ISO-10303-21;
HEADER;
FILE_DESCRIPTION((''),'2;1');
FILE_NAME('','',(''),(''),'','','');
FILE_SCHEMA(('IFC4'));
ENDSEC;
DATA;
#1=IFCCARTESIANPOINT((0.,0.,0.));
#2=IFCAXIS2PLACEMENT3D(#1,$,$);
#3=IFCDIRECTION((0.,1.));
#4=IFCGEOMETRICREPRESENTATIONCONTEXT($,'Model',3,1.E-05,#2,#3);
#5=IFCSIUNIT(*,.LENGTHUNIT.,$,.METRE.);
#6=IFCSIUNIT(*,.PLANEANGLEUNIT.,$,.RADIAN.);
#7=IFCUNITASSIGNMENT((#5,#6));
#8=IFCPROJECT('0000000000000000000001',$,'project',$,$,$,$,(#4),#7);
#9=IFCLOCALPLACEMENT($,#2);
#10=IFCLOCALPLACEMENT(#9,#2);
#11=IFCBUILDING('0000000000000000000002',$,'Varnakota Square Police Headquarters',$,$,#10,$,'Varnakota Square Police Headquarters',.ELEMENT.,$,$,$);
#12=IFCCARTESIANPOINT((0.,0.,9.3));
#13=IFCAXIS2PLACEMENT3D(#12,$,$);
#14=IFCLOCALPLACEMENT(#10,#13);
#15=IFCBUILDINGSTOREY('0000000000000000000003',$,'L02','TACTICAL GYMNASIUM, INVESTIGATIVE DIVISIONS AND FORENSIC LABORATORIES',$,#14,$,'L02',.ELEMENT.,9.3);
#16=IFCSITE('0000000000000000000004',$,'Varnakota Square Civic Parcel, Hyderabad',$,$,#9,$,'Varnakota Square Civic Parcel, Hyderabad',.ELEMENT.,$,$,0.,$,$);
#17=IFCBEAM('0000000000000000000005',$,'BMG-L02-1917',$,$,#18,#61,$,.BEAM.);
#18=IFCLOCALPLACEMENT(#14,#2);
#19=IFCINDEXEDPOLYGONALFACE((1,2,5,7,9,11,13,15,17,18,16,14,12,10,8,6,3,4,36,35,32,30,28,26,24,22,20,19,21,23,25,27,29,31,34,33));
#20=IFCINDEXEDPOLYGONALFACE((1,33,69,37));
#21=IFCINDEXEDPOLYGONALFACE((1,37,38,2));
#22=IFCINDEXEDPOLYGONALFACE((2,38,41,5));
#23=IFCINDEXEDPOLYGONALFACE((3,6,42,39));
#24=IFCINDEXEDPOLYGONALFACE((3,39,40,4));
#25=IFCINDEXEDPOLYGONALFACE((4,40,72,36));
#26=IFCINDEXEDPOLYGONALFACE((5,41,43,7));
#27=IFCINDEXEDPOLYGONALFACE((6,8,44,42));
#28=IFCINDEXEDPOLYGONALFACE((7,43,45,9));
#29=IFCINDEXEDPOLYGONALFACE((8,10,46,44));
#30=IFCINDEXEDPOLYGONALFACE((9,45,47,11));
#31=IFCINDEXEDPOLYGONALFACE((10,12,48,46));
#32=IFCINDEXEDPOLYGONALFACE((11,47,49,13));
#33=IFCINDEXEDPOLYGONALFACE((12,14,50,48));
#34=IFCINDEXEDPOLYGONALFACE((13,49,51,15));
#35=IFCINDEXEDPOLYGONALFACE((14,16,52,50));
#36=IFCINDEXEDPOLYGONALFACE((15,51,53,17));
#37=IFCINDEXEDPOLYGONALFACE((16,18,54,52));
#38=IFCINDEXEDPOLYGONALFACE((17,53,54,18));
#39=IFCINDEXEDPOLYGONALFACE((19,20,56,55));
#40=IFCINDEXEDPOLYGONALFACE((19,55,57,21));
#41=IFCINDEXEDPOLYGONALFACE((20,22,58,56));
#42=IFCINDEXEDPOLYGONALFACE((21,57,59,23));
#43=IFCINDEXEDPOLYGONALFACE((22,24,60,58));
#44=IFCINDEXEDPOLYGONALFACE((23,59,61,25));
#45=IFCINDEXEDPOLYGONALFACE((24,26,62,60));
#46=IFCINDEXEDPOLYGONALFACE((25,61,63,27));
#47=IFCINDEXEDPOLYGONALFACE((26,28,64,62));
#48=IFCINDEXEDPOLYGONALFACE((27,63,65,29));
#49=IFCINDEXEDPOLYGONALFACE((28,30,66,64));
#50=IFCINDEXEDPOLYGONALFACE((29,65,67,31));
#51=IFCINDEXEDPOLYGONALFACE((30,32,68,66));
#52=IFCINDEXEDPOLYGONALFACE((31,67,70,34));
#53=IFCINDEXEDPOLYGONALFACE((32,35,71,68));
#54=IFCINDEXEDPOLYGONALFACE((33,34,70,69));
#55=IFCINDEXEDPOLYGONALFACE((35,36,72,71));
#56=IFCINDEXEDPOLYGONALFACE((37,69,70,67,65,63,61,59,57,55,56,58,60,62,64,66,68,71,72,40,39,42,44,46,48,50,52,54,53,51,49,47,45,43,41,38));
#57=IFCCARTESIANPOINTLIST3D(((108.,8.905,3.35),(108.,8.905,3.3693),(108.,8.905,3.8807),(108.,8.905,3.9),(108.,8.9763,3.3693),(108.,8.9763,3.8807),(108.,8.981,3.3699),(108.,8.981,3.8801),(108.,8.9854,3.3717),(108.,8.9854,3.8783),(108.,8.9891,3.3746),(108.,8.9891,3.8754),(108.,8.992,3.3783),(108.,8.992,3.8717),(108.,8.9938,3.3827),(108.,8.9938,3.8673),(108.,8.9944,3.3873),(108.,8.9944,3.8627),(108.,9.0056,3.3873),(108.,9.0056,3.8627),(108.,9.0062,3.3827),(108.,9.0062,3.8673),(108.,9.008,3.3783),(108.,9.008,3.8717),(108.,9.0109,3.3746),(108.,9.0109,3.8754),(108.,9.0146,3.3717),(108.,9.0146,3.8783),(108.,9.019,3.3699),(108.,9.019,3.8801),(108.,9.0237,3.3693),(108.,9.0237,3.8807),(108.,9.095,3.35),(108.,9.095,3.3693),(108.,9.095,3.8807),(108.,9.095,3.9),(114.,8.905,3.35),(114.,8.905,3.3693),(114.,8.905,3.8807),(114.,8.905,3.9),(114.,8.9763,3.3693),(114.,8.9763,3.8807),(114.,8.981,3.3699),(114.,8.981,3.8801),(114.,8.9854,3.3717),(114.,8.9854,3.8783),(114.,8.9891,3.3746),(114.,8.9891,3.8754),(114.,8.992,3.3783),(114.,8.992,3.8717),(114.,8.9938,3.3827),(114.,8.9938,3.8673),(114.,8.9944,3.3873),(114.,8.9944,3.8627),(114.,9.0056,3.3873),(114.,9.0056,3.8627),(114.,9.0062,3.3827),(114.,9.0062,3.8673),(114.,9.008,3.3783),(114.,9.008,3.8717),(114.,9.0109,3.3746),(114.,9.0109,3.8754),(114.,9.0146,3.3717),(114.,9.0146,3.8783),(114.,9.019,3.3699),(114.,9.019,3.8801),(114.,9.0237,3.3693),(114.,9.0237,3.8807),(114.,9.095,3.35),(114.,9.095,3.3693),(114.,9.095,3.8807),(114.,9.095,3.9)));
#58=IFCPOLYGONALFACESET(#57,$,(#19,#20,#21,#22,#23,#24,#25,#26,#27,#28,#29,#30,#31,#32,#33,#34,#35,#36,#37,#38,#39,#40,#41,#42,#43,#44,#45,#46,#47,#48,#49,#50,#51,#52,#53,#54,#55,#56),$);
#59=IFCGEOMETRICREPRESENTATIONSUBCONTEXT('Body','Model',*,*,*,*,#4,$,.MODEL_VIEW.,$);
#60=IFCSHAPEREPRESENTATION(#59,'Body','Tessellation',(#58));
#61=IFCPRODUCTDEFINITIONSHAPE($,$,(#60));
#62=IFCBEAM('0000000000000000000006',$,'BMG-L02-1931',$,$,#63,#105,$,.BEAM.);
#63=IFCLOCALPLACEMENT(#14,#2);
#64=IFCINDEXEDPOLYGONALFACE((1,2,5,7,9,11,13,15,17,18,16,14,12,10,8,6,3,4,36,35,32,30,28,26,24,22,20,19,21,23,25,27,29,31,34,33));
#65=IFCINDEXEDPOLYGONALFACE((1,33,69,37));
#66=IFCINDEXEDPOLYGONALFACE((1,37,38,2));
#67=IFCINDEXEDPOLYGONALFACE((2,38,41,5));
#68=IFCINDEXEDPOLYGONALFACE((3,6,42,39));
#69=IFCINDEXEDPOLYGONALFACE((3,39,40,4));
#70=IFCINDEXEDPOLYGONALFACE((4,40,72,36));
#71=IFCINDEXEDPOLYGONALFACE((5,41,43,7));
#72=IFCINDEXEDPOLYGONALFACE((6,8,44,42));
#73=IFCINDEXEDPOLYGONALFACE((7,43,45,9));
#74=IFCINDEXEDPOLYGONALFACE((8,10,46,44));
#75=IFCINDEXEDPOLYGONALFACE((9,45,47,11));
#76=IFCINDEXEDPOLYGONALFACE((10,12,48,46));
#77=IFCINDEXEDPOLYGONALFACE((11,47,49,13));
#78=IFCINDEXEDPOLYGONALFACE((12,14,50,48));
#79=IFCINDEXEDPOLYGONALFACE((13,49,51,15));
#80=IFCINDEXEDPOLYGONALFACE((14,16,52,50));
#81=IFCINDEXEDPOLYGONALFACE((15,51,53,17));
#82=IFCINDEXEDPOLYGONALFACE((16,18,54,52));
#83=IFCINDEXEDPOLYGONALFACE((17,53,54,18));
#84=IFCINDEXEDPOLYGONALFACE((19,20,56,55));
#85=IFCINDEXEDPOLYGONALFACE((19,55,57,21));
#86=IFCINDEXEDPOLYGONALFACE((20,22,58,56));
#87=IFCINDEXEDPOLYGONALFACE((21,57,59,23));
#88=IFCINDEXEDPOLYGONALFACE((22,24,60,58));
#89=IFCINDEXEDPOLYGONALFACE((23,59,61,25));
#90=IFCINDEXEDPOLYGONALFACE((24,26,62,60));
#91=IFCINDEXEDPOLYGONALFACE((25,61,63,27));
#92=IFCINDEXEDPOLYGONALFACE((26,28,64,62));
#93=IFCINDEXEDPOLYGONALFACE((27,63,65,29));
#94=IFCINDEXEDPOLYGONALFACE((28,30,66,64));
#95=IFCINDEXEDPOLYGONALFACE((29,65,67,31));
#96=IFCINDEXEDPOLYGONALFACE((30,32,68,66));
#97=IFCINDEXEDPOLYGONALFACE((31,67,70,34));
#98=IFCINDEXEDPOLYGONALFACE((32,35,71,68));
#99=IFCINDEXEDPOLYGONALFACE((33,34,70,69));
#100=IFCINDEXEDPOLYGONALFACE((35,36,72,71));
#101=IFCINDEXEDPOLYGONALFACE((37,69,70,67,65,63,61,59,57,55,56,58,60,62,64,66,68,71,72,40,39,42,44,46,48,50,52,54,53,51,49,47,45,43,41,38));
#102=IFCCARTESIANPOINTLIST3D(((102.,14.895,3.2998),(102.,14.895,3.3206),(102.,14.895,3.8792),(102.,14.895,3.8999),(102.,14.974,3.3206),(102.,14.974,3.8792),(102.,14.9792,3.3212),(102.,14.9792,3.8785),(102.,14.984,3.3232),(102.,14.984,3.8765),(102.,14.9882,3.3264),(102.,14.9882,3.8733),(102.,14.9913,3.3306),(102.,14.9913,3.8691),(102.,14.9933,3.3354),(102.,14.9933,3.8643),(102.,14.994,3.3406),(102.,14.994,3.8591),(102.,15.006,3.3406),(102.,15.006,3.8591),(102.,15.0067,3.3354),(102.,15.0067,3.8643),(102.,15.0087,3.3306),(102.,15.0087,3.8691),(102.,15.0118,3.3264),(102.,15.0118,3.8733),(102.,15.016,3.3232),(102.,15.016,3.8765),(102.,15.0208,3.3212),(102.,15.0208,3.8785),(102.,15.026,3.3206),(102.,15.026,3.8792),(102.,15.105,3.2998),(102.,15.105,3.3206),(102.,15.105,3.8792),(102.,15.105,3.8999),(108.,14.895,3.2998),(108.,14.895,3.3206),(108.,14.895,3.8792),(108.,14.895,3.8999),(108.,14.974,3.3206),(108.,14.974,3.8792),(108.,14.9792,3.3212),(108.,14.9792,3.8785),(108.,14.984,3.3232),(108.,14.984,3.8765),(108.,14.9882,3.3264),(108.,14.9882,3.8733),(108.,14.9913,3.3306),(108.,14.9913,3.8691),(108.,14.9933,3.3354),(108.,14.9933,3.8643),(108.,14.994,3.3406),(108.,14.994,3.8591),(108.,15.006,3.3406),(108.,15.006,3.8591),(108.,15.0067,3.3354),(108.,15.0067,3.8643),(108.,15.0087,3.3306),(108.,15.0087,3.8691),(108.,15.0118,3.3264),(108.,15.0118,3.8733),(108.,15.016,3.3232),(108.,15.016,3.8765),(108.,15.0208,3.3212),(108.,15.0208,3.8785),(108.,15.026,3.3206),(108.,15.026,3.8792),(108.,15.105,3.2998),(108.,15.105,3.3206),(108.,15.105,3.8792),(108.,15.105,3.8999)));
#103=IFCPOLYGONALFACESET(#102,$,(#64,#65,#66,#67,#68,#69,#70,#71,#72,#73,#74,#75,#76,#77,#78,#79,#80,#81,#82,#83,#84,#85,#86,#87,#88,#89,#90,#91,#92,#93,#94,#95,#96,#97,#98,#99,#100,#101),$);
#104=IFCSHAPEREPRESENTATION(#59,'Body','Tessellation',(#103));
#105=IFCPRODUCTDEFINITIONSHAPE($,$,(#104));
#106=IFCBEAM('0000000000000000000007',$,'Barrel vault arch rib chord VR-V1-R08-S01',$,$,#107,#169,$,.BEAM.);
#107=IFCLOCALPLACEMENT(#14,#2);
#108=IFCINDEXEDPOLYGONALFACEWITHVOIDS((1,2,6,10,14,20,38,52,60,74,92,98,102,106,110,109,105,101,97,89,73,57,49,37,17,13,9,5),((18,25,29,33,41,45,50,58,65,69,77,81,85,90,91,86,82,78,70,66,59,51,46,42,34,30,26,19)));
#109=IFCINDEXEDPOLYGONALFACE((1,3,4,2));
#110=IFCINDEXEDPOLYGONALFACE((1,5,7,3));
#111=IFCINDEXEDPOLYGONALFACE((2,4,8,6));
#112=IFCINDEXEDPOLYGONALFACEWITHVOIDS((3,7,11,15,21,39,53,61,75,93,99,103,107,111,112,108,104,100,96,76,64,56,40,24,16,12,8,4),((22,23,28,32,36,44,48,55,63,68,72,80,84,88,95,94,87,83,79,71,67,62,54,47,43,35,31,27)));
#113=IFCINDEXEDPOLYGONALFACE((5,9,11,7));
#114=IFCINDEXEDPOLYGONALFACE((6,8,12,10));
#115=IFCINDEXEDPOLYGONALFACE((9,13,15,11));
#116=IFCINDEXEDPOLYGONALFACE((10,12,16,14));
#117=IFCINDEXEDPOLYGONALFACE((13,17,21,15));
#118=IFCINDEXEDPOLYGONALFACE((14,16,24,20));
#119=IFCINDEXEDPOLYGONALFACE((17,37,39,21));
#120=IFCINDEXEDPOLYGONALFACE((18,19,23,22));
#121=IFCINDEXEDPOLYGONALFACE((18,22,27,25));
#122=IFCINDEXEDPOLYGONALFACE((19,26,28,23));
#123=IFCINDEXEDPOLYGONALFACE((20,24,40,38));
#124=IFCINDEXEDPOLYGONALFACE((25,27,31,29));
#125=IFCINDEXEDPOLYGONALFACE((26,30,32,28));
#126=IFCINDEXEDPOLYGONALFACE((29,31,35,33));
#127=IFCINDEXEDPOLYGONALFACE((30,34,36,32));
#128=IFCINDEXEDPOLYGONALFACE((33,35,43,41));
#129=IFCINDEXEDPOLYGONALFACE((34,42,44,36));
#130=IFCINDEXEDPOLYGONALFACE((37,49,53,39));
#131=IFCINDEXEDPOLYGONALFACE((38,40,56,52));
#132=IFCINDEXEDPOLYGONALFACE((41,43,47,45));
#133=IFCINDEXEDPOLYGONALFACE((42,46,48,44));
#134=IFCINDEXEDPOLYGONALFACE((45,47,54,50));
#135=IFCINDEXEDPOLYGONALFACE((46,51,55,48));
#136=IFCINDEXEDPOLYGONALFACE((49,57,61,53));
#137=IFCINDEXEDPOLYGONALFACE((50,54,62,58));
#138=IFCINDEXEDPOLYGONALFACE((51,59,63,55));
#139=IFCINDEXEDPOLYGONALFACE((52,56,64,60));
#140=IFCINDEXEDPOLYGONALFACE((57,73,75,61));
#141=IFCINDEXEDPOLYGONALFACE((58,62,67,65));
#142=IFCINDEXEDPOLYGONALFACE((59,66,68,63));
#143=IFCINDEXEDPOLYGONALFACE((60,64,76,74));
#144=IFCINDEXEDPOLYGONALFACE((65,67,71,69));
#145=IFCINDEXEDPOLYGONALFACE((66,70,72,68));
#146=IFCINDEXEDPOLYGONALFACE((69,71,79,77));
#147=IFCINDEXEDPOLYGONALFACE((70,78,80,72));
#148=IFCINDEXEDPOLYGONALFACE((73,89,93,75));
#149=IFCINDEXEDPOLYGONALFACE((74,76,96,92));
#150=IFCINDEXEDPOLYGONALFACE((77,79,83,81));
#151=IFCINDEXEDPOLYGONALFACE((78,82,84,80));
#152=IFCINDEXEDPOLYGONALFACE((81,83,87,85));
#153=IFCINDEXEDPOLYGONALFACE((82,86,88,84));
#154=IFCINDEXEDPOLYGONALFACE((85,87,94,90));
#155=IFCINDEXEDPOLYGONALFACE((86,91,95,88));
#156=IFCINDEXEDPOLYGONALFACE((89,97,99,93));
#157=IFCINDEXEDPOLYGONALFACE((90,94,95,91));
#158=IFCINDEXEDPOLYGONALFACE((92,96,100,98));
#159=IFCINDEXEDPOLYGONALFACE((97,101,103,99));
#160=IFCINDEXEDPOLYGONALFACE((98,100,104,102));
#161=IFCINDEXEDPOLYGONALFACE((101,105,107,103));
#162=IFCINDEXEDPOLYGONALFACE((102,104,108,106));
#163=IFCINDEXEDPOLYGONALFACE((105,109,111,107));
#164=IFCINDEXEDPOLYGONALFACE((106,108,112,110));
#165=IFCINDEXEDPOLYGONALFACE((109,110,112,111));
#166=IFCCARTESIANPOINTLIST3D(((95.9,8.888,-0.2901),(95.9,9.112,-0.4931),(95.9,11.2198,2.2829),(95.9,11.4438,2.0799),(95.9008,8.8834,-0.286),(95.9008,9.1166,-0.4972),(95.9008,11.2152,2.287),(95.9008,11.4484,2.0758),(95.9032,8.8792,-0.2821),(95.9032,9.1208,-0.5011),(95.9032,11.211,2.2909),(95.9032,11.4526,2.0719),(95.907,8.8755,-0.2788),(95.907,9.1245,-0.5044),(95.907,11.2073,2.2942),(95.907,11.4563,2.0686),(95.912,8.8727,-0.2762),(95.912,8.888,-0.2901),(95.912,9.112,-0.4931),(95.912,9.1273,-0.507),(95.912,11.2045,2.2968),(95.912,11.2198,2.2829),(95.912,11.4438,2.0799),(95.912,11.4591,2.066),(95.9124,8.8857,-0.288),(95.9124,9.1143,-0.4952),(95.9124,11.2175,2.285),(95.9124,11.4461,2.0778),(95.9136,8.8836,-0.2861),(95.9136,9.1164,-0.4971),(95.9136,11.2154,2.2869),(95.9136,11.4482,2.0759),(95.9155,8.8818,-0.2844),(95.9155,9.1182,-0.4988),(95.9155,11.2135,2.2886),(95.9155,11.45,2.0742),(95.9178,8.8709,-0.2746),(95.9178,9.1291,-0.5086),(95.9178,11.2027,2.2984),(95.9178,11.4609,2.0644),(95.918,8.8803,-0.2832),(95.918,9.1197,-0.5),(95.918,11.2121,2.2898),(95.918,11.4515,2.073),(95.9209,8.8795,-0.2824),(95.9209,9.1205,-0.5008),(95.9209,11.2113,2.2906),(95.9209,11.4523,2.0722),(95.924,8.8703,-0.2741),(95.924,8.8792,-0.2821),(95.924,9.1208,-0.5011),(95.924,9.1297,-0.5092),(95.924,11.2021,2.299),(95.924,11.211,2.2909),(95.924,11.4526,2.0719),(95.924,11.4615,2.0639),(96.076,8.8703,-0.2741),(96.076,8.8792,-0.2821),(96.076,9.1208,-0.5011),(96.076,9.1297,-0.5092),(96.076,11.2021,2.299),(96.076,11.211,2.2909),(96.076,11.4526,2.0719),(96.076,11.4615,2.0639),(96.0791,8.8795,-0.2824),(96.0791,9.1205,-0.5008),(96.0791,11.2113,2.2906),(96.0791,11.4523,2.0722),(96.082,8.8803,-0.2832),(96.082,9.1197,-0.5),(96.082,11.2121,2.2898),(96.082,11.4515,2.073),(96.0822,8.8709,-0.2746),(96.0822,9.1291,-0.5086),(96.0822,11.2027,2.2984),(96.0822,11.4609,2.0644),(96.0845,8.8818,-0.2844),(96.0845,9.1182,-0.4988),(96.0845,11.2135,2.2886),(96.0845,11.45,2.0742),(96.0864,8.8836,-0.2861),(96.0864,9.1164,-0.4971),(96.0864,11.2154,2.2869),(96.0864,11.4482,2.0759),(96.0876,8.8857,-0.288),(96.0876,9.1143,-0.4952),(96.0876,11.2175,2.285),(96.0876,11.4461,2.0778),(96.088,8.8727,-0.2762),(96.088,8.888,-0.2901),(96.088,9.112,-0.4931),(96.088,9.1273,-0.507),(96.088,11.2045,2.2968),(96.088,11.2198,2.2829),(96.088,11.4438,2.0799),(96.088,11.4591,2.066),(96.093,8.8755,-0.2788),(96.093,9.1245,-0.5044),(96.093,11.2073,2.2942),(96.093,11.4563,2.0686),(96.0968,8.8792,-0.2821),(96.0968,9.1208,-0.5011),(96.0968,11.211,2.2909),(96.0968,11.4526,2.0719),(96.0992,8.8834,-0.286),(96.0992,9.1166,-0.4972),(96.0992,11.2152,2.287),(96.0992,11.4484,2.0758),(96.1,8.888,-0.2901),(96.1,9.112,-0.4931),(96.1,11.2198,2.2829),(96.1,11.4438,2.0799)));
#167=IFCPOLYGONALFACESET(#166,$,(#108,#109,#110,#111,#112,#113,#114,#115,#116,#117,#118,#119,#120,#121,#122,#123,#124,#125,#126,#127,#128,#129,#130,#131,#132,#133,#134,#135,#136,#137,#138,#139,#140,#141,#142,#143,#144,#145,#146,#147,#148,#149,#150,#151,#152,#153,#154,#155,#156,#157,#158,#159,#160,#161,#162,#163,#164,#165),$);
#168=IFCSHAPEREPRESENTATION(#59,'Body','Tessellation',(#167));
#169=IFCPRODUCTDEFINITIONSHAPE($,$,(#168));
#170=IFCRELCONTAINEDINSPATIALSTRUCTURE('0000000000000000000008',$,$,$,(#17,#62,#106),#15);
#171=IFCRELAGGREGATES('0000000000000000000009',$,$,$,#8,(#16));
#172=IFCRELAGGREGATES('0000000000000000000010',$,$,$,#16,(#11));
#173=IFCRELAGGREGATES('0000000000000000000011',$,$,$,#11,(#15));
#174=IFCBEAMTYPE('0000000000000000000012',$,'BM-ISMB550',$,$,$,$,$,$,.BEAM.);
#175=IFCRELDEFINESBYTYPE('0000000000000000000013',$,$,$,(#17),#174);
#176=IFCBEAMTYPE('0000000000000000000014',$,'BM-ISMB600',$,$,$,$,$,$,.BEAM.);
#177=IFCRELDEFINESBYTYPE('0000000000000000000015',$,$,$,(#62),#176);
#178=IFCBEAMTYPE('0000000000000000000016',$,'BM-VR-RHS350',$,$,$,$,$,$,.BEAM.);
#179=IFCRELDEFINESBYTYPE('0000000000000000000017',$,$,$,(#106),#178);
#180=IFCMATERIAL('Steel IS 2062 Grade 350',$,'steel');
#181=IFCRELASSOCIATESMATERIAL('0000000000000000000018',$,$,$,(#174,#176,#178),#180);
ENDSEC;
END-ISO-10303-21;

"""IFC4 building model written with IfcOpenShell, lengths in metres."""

from ifc_helpers import new_model, si_unit, direction, frame, origin, origin_2d, place, context, subcontext, project, spatial, hollow_rectangle, i_section, extrude, material, material_profile, profile_set, type_object, element, save


model = new_model("IFC4")

# Units and contexts
model_context = context("Model", 3, precision=1e-05, world=origin(), true_north=direction((0.0, 1.0)))
body_context = subcontext(model_context, "Body", "Model", "MODEL_VIEW")
ifc_project = project(units=[si_unit("LENGTHUNIT", "METRE"), si_unit("PLANEANGLEUNIT", "RADIAN")], contexts=[model_context])

# Site, building, storey
site_placement = place(None, origin())
site = spatial("IfcSite", under=ifc_project, at=site_placement, Name="Varnakota Square Civic Parcel, Hyderabad", LongName="Varnakota Square Civic Parcel, Hyderabad", CompositionType="ELEMENT", RefElevation=0.0)
building_placement = place(site_placement, origin())
building = spatial("IfcBuilding", under=site, at=building_placement, Name="Varnakota Square Police Headquarters", LongName="Varnakota Square Police Headquarters", CompositionType="ELEMENT")
storey_placement = place(building_placement, frame((0.0, 0.0, 9.3)))
storey = spatial("IfcBuildingStorey", under=building, at=storey_placement, Name="L02", Description="TACTICAL GYMNASIUM, INVESTIGATIVE DIVISIONS AND FORENSIC LABORATORIES", LongName="L02", CompositionType="ELEMENT", Elevation=9.3)

# Shared definitions
ifc_material_1 = material(Name="Steel IS 2062 Grade 350", Category="steel")

# Beams
ifc_material_profile_1 = material_profile(ifc_material_1, i_section(OverallWidth=0.1899, OverallDepth=0.55, WebThickness=0.0112, FlangeThickness=0.0193, FilletRadius=0.0181, at=origin_2d()), Name="ISMB 550")
ifc_profile_set_1 = profile_set([ifc_material_profile_1], Name="Steel IS 2062 Grade 350")
beam_type_1 = type_object("IfcBeamType", Name="BM-ISMB550", PredefinedType="BEAM", material=ifc_profile_set_1)
beam_1_placement = place(storey_placement, frame((108.0, 9.0, 3.625), z_axis=(1.0, 0.0, 0.0), x_axis=(0.0, 1.0, 0.0)))
element("IfcBeam", 1, at=beam_1_placement, inside=storey, type_object=beam_type_1, Name="BMG-L02-1917", PredefinedType="BEAM", context=body_context, shape_type="SweptSolid", body=[
    extrude(i_section(OverallWidth=0.1899, OverallDepth=0.55, WebThickness=0.0112, FlangeThickness=0.0193, FilletRadius=0.0181, at=origin_2d()), origin(), (0.0, 0.0, 1.0), 6.0),
])
ifc_material_profile_2 = material_profile(ifc_material_1, i_section(OverallWidth=0.21, OverallDepth=0.6001, WebThickness=0.012, FlangeThickness=0.0208, FilletRadius=0.02, at=origin_2d()), Name="ISMB 600")
ifc_profile_set_2 = profile_set([ifc_material_profile_2], Name="Steel IS 2062 Grade 350")
beam_type_2 = type_object("IfcBeamType", Name="BM-ISMB600", PredefinedType="BEAM", material=ifc_profile_set_2)
beam_2_placement = place(storey_placement, frame((102.0, 15.0, 3.5999), z_axis=(1.0, 0.0, 0.0), x_axis=(0.0, 1.0, 0.0)))
element("IfcBeam", 2, at=beam_2_placement, inside=storey, type_object=beam_type_2, Name="BMG-L02-1931", PredefinedType="BEAM", context=body_context, shape_type="SweptSolid", body=[
    extrude(i_section(OverallWidth=0.21, OverallDepth=0.6001, WebThickness=0.012, FlangeThickness=0.0208, FilletRadius=0.02, at=origin_2d()), origin(), (0.0, 0.0, 1.0), 6.0),
])
ifc_material_profile_3 = material_profile(ifc_material_1, hollow_rectangle(XDim=0.2, YDim=0.3501, WallThickness=0.012, InnerFilletRadius=0.012, OuterFilletRadius=0.0239, at=origin_2d()), Name="RHS 350x200x12")
ifc_profile_set_3 = profile_set([ifc_material_profile_3], Name="Steel IS 2062 Grade 350")
beam_type_3 = type_object("IfcBeamType", Name="BM-VR-RHS350", PredefinedType="BEAM", material=ifc_profile_set_3)
beam_3_placement = place(storey_placement, frame((96.0, 9.0, -0.3916), z_axis=(0.0, 0.671521, 0.740986), x_axis=(-1.0, 0.0, 0.0)))
element("IfcBeam", 3, at=beam_3_placement, inside=storey, type_object=beam_type_3, Name="Barrel vault arch rib chord VR-V1-R08-S01", PredefinedType="BEAM", context=body_context, shape_type="SweptSolid", body=[
    extrude(hollow_rectangle(XDim=0.2, YDim=0.3501, WallThickness=0.012, InnerFilletRadius=0.012, OuterFilletRadius=0.0239, at=origin_2d()), origin(), (0.0, 0.0, 1.0), 3.4724),
])

save(model, "model.ifc")
